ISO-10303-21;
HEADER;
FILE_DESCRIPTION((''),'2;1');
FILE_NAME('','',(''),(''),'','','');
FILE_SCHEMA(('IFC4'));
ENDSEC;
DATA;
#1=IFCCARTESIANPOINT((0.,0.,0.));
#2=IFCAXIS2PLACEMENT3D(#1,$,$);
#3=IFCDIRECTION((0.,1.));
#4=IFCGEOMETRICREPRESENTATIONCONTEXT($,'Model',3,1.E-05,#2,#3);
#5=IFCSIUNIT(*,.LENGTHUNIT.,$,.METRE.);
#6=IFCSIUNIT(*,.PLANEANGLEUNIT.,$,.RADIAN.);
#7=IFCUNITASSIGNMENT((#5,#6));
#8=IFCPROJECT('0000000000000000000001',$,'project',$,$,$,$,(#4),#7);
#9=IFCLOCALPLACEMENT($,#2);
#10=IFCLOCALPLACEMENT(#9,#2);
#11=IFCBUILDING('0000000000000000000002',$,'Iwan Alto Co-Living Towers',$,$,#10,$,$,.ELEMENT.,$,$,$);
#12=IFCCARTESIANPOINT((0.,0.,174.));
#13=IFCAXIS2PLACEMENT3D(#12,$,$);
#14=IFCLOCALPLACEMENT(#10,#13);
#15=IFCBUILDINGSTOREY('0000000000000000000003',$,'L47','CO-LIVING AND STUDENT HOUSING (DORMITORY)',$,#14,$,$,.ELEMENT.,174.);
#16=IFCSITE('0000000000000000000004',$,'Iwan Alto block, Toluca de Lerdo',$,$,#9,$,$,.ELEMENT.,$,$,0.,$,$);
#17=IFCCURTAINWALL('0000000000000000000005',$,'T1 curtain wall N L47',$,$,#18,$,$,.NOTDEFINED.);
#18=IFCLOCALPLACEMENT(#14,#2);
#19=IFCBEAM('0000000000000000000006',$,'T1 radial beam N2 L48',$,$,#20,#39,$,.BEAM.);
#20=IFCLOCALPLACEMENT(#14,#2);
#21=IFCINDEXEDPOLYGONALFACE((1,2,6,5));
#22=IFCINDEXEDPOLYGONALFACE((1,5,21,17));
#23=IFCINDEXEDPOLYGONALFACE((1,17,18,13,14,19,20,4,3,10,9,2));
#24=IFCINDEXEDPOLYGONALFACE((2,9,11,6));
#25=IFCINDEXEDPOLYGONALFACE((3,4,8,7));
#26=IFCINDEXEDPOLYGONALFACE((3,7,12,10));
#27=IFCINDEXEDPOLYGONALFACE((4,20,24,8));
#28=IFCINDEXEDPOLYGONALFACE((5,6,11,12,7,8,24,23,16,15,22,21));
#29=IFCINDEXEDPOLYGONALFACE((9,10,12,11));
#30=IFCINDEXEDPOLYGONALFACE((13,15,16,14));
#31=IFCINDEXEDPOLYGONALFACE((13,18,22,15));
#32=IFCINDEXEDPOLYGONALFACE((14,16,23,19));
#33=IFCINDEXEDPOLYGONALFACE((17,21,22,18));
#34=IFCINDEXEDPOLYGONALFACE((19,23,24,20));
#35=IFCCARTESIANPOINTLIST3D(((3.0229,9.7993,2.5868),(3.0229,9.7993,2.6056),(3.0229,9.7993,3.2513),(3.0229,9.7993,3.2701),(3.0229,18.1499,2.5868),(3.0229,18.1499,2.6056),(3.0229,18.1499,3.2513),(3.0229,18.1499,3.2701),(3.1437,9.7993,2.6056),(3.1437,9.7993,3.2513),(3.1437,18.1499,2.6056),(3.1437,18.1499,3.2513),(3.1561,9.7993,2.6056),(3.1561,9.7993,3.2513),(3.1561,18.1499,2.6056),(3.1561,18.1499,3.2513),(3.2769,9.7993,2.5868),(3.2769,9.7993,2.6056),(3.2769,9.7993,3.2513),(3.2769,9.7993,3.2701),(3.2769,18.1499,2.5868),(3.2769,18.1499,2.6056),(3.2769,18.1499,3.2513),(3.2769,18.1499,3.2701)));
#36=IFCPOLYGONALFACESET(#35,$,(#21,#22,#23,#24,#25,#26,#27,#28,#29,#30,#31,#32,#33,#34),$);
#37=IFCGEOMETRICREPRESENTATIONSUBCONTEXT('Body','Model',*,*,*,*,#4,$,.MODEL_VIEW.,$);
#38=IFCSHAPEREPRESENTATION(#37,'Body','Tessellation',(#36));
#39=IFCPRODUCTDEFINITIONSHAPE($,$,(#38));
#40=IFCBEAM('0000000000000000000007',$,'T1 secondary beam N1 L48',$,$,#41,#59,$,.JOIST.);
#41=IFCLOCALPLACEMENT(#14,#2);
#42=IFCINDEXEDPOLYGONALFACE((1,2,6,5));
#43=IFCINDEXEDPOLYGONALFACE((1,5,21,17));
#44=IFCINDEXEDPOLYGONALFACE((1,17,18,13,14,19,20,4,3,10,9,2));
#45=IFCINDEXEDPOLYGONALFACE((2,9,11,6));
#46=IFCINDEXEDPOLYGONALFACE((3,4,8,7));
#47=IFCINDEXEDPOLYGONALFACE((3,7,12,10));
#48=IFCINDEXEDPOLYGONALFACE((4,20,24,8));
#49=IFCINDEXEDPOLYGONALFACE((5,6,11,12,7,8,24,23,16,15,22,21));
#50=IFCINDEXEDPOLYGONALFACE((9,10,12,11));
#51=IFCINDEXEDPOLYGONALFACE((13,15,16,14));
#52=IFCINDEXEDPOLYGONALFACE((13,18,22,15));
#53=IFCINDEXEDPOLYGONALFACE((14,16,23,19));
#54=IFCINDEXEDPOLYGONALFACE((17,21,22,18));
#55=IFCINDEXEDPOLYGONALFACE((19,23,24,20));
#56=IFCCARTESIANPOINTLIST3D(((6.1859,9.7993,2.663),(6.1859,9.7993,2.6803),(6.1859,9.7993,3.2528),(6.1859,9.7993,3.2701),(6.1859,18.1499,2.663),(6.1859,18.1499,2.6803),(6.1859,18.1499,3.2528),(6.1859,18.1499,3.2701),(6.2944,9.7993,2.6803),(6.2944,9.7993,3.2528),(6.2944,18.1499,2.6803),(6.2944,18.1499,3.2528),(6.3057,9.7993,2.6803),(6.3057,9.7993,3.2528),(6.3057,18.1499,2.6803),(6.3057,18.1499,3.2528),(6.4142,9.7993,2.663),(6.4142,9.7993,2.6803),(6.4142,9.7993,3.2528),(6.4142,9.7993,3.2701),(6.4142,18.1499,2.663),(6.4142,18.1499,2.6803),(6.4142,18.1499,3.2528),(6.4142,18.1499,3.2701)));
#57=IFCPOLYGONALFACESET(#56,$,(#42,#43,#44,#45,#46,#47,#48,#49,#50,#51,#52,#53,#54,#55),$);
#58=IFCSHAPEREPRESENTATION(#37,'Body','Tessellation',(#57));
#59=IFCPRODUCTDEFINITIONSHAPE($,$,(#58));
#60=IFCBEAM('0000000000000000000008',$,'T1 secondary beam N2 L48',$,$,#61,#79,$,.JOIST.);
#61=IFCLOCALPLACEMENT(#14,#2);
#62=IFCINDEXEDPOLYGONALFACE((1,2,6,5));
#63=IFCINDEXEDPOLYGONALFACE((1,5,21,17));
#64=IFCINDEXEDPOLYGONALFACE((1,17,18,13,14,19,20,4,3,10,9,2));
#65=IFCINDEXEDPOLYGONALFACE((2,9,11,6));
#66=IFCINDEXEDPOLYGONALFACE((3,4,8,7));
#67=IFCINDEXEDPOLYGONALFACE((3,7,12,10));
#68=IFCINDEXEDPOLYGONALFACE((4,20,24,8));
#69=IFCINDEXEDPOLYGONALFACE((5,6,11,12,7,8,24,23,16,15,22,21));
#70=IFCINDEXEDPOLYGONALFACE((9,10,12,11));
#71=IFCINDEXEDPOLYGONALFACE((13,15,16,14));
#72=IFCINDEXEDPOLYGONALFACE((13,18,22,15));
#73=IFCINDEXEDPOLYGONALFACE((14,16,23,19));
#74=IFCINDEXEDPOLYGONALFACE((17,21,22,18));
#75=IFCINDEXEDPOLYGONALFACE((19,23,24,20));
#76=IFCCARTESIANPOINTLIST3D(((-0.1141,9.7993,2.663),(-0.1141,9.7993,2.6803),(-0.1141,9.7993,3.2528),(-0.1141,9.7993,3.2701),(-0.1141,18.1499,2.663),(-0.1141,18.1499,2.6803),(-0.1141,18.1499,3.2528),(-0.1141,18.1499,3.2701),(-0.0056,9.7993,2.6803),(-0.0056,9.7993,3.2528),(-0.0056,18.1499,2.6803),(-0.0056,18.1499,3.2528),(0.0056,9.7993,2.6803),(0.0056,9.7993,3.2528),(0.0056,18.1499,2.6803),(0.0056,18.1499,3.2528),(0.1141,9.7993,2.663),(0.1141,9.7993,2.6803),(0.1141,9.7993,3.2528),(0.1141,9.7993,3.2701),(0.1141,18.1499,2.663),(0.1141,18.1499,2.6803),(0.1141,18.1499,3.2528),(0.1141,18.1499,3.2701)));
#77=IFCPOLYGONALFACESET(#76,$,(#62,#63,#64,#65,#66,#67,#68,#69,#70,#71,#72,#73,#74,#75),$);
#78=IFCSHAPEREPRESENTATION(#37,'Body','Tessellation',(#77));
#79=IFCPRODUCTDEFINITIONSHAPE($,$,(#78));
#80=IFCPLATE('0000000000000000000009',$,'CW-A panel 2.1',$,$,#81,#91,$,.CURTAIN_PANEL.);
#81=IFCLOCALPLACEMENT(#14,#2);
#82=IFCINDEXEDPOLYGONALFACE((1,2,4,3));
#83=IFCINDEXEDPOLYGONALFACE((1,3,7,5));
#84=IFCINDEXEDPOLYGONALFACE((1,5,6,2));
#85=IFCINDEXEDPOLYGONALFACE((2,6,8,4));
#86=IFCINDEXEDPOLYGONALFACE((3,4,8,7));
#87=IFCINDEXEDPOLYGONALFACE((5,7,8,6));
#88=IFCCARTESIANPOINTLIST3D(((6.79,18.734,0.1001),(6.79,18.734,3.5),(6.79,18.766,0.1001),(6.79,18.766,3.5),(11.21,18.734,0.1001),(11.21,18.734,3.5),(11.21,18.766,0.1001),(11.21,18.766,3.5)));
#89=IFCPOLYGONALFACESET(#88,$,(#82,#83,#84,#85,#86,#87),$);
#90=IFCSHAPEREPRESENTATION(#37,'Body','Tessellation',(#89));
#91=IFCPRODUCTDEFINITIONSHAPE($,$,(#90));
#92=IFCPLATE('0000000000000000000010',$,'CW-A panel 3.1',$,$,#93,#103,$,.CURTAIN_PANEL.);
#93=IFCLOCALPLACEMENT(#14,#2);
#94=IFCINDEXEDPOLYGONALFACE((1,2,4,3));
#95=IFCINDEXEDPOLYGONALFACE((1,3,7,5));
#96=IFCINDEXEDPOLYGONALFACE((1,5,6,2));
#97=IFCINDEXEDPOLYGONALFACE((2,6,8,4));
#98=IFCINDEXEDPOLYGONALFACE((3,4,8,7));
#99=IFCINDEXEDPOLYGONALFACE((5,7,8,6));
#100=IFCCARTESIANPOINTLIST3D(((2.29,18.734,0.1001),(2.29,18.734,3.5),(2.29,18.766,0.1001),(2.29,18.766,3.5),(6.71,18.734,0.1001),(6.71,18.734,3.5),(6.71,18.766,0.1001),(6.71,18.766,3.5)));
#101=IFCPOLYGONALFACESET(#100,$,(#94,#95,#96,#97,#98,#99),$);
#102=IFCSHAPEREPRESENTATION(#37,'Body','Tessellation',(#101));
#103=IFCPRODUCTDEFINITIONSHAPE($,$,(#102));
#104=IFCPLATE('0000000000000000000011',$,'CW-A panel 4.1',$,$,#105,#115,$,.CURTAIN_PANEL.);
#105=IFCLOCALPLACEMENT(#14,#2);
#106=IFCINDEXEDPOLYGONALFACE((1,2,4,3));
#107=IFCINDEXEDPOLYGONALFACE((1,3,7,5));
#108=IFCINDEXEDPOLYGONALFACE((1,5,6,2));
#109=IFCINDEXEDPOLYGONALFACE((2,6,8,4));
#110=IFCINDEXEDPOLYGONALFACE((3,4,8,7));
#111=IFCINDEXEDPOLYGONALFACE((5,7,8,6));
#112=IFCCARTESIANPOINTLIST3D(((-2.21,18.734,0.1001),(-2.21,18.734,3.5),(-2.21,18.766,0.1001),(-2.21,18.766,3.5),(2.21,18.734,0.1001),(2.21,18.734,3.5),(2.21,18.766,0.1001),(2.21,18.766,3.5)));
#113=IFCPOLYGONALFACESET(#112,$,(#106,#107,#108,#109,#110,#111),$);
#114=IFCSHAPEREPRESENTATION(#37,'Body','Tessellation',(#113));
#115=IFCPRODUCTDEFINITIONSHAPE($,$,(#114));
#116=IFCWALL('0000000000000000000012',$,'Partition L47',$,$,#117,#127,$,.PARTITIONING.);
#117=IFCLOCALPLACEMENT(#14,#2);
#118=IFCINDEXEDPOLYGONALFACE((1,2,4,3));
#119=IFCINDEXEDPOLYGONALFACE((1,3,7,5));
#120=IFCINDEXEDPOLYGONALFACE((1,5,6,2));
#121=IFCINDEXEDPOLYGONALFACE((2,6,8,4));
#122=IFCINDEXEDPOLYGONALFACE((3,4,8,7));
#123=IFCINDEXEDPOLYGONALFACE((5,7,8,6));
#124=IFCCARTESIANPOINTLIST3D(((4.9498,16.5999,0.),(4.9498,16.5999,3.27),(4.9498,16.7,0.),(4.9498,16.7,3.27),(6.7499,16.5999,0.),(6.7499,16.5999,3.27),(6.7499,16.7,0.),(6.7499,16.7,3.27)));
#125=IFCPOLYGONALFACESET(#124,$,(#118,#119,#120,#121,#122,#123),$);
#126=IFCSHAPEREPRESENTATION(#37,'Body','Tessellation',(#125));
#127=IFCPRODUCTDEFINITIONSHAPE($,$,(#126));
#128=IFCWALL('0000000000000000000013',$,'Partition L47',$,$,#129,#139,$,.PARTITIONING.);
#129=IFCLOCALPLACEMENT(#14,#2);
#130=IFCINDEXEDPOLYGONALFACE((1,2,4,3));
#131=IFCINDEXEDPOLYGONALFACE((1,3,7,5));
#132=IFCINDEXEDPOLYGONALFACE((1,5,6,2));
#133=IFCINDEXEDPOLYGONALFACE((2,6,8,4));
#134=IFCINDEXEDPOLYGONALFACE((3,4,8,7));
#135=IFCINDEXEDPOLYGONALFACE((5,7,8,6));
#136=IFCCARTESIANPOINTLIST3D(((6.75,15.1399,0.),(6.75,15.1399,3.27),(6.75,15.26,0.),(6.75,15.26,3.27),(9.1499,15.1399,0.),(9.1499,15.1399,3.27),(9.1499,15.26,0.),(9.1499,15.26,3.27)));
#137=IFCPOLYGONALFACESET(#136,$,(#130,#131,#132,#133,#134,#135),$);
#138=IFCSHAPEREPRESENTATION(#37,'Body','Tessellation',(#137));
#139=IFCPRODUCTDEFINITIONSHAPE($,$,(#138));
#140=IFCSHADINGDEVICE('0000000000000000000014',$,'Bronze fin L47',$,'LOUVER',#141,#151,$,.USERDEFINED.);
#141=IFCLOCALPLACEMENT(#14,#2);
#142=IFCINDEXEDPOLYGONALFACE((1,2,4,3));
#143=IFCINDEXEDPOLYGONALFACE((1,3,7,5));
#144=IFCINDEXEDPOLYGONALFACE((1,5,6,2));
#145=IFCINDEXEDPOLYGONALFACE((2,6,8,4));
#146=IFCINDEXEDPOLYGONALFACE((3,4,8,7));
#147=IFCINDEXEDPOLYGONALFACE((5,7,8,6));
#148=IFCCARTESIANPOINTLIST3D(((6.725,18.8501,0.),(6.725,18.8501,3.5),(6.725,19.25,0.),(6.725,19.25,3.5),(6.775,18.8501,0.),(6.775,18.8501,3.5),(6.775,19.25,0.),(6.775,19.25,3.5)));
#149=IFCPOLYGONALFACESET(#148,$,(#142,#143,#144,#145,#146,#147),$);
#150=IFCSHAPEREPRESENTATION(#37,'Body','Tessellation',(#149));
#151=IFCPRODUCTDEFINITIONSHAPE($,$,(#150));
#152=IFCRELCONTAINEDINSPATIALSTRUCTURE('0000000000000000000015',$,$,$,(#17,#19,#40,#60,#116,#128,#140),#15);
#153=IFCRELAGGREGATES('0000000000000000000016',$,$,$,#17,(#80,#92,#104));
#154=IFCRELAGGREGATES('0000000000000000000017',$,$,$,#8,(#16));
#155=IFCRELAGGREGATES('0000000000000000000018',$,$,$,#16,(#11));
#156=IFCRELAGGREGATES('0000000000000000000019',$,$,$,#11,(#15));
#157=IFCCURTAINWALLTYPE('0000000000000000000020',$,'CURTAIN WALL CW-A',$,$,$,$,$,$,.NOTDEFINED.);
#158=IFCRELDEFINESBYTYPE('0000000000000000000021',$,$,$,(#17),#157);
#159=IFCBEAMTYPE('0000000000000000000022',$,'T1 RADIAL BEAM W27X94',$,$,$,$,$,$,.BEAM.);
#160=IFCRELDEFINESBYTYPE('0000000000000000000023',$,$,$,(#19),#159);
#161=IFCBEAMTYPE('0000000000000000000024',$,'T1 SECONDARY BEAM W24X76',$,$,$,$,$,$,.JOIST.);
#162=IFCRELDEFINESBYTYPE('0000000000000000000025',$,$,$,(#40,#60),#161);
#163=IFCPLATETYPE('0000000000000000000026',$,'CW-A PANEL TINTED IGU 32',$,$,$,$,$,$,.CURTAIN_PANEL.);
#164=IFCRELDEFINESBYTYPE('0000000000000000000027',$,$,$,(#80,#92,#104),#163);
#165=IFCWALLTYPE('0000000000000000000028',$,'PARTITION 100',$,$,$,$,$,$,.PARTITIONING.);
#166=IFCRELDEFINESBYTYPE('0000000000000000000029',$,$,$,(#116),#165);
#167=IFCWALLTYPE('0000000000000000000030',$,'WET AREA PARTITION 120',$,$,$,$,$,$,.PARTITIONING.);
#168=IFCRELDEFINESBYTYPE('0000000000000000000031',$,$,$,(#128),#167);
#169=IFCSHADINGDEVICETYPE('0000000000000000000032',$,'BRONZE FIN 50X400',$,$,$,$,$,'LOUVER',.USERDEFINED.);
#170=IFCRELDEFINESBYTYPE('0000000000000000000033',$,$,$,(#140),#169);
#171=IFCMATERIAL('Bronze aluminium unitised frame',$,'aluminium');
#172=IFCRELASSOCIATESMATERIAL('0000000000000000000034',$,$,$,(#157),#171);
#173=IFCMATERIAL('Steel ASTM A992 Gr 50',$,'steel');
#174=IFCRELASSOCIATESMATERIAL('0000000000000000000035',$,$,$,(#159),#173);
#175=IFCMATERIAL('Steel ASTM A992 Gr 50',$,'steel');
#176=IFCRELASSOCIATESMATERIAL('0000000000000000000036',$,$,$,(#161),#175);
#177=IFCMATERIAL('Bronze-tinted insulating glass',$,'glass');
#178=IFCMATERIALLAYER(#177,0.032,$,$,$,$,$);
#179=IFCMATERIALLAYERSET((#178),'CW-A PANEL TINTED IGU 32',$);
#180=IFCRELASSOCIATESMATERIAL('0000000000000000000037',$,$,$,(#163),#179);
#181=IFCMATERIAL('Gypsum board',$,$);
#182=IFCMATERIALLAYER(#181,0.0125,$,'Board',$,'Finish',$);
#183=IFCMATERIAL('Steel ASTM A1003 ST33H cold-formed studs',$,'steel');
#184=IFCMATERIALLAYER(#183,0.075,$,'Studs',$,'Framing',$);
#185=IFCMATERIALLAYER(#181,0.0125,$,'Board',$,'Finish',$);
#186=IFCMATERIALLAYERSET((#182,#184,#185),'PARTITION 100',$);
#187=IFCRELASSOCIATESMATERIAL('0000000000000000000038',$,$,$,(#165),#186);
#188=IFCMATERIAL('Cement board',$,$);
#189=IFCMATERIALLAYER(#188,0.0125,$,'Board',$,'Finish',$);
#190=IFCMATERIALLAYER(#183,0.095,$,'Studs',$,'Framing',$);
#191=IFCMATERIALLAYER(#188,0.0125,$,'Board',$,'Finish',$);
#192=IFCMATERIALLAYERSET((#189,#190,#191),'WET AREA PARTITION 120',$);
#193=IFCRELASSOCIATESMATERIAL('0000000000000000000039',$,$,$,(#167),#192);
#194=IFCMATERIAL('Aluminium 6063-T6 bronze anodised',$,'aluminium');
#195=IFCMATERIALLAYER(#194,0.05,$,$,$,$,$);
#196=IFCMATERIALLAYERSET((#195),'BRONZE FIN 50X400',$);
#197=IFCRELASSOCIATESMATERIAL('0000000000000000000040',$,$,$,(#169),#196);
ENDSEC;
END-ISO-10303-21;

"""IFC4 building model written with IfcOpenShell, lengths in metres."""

from ifc_helpers import new_model, si_unit, direction, frame, frame_2d, origin, origin_2d, place, context, subcontext, project, spatial, rectangle, i_section, extrude, material, layer, layer_set, material_profile, profile_set, type_object, element, aggregate, save


model = new_model("IFC4")

# Units and contexts
model_context = context("Model", 3, precision=1e-05, world=origin(), true_north=direction((0.0, 1.0)))
body_context = subcontext(model_context, "Body", "Model", "MODEL_VIEW")
ifc_project = project(units=[si_unit("LENGTHUNIT", "METRE"), si_unit("PLANEANGLEUNIT", "RADIAN")], contexts=[model_context])

# Site, building, storey
site_placement = place(None, origin())
site = spatial("IfcSite", under=ifc_project, at=site_placement, Name="Iwan Alto block, Toluca de Lerdo", CompositionType="ELEMENT", RefElevation=0.0)
building_placement = place(site_placement, origin())
building = spatial("IfcBuilding", under=site, at=building_placement, Name="Iwan Alto Co-Living Towers", CompositionType="ELEMENT")
storey_placement = place(building_placement, frame((0.0, 0.0, 174.0)))
storey = spatial("IfcBuildingStorey", under=building, at=storey_placement, Name="L47", Description="CO-LIVING AND STUDENT HOUSING (DORMITORY)", CompositionType="ELEMENT", Elevation=174.0)

# Curtain wall
ifc_material_1 = material(Name="Bronze aluminium unitised frame", Category="aluminium")
curtain_wall_type = type_object("IfcCurtainWallType", Name="CURTAIN WALL CW-A", PredefinedType="NOTDEFINED", material=ifc_material_1)
curtain_wall_placement = place(storey_placement, origin())
curtain_wall = element("IfcCurtainWall", 1, at=curtain_wall_placement, inside=storey, type_object=curtain_wall_type, Name="T1 curtain wall N L47", PredefinedType="NOTDEFINED")

# Beams
ifc_material_2 = material(Name="Steel ASTM A992 Gr 50", Category="steel")
ifc_material_profile_1 = material_profile(ifc_material_2, i_section(OverallWidth=0.2539, OverallDepth=0.6833, WebThickness=0.0125, FlangeThickness=0.0188, at=origin_2d()), Name="W27X94")
ifc_profile_set_1 = profile_set([ifc_material_profile_1], Name="Steel ASTM A992 Gr 50")
beam_type_1 = type_object("IfcBeamType", Name="T1 RADIAL BEAM W27X94", PredefinedType="BEAM", material=ifc_profile_set_1)
for number, where, z_axis, x_axis, name in (
    (2, (3.1499, 18.1499, 2.9285), (0.0, -1.0, 0.0), (1.0, 0.0, 0.0), "T1 radial beam N2 L48"),
):
    element("IfcBeam", number, at=place(storey_placement, frame(where, z_axis=z_axis, x_axis=x_axis)), inside=storey, type_object=beam_type_1, Name=name, PredefinedType="BEAM", context=body_context, shape_type="SweptSolid", body=[
        extrude(i_section(OverallWidth=0.2539, OverallDepth=0.6833, WebThickness=0.0125, FlangeThickness=0.0188, at=origin_2d()), origin(), (0.0, 0.0, 1.0), 8.3506),
    ])
ifc_material_3 = material(Name="Steel ASTM A992 Gr 50", Category="steel")
ifc_material_profile_2 = material_profile(ifc_material_3, i_section(OverallWidth=0.2283, OverallDepth=0.6072, WebThickness=0.0112, FlangeThickness=0.0173, at=origin_2d()), Name="W24X76")
ifc_profile_set_2 = profile_set([ifc_material_profile_2], Name="Steel ASTM A992 Gr 50")
beam_type_2 = type_object("IfcBeamType", Name="T1 SECONDARY BEAM W24X76", PredefinedType="JOIST", material=ifc_profile_set_2)
for number, where, z_axis, x_axis, name in (
    (3, (6.3, 18.1499, 2.9666), (0.0, -1.0, 0.0), (1.0, 0.0, 0.0), "T1 secondary beam N1 L48"),
    (4, (0.0, 18.1499, 2.9666), (0.0, -1.0, 0.0), (1.0, 0.0, 0.0), "T1 secondary beam N2 L48"),
):
    element("IfcBeam", number, at=place(storey_placement, frame(where, z_axis=z_axis, x_axis=x_axis)), inside=storey, type_object=beam_type_2, Name=name, PredefinedType="JOIST", context=body_context, shape_type="SweptSolid", body=[
        extrude(i_section(OverallWidth=0.2283, OverallDepth=0.6072, WebThickness=0.0112, FlangeThickness=0.0173, at=origin_2d()), origin(), (0.0, 0.0, 1.0), 8.3506),
    ])

# Plates
ifc_material_4 = material(Name="Bronze-tinted insulating glass", Category="glass")
ifc_layer_1 = layer(ifc_material_4, 0.032)
ifc_layer_set_1 = layer_set([ifc_layer_1], Name="CW-A PANEL TINTED IGU 32")
plate_type = type_object("IfcPlateType", Name="CW-A PANEL TINTED IGU 32", PredefinedType="CURTAIN_PANEL", material=ifc_layer_set_1)
plate_1_placement = place(storey_placement, frame((9.0, 18.75, 0.1001), z_axis=(0.0, 0.0, 1.0), x_axis=(-1.0, 0.0, 0.0)))
plate_1 = element("IfcPlate", 5, at=plate_1_placement, type_object=plate_type, Name="CW-A panel 2.1", PredefinedType="CURTAIN_PANEL", context=body_context, shape_type="SweptSolid", body=[
    extrude(rectangle(XDim=4.4199, YDim=0.032, at=origin_2d()), origin(), (0.0, 0.0, 1.0), 3.3999),
])
plate_2_placement = place(storey_placement, frame((4.5, 18.75, 0.1001), z_axis=(0.0, 0.0, 1.0), x_axis=(-1.0, 0.0, 0.0)))
plate_2 = element("IfcPlate", 6, at=plate_2_placement, type_object=plate_type, Name="CW-A panel 3.1", PredefinedType="CURTAIN_PANEL", context=body_context, shape_type="SweptSolid", body=[
    extrude(rectangle(XDim=4.4199, YDim=0.032, at=origin_2d()), origin(), (0.0, 0.0, 1.0), 3.3999),
])
plate_3_placement = place(storey_placement, frame((0.0, 18.75, 0.1001), z_axis=(0.0, 0.0, 1.0), x_axis=(-1.0, 0.0, 0.0)))
plate_3 = element("IfcPlate", 7, at=plate_3_placement, type_object=plate_type, Name="CW-A panel 4.1", PredefinedType="CURTAIN_PANEL", context=body_context, shape_type="SweptSolid", body=[
    extrude(rectangle(XDim=4.4199, YDim=0.032, at=origin_2d()), origin(), (0.0, 0.0, 1.0), 3.3999),
])
aggregate(curtain_wall, [plate_1, plate_2, plate_3])

# Walls
ifc_material_5 = material(Name="Gypsum board")
ifc_layer_2 = layer(ifc_material_5, 0.0125, Name="Board", Category="Finish")
ifc_material_6 = material(Name="Steel ASTM A1003 ST33H cold-formed studs", Category="steel")
ifc_layer_3 = layer(ifc_material_6, 0.075, Name="Studs", Category="Framing")
ifc_layer_4 = layer(ifc_material_5, 0.0125, Name="Board", Category="Finish")
ifc_layer_set_2 = layer_set([ifc_layer_2, ifc_layer_3, ifc_layer_4], Name="PARTITION 100")
wall_type_1 = type_object("IfcWallType", Name="PARTITION 100", PredefinedType="PARTITIONING", material=ifc_layer_set_2)
wall_1_placement = place(storey_placement, frame((4.95, 16.6499, 0.0), z_axis=(0.0, 0.0, 1.0), x_axis=(1.0, 0.0, 0.0)))
element("IfcWall", 8, at=wall_1_placement, inside=storey, type_object=wall_type_1, Name="Partition L47", PredefinedType="PARTITIONING", context=body_context, shape_type="SweptSolid", body=[
    extrude(rectangle(XDim=1.8, YDim=0.1001, at=frame_2d((0.8999, 0.0))), origin(), (0.0, 0.0, 1.0), 3.27),
])
ifc_material_7 = material(Name="Cement board")
ifc_layer_5 = layer(ifc_material_7, 0.0125, Name="Board", Category="Finish")
ifc_layer_6 = layer(ifc_material_6, 0.095, Name="Studs", Category="Framing")
ifc_layer_7 = layer(ifc_material_7, 0.0125, Name="Board", Category="Finish")
ifc_layer_set_3 = layer_set([ifc_layer_5, ifc_layer_6, ifc_layer_7], Name="WET AREA PARTITION 120")
wall_type_2 = type_object("IfcWallType", Name="WET AREA PARTITION 120", PredefinedType="PARTITIONING", material=ifc_layer_set_3)
wall_2_placement = place(storey_placement, frame((6.75, 15.2, 0.0), z_axis=(0.0, 0.0, 1.0), x_axis=(1.0, 0.0, 0.0)))
element("IfcWall", 9, at=wall_2_placement, inside=storey, type_object=wall_type_2, Name="Partition L47", PredefinedType="PARTITIONING", context=body_context, shape_type="SweptSolid", body=[
    extrude(rectangle(XDim=2.3999, YDim=0.1201, at=frame_2d((1.2, 0.0))), origin(), (0.0, 0.0, 1.0), 3.27),
])

# Shading device
ifc_material_8 = material(Name="Aluminium 6063-T6 bronze anodised", Category="aluminium")
ifc_layer_8 = layer(ifc_material_8, 0.05)
ifc_layer_set_4 = layer_set([ifc_layer_8], Name="BRONZE FIN 50X400")
shading_device_type = type_object("IfcShadingDeviceType", Name="BRONZE FIN 50X400", ElementType="LOUVER", PredefinedType="USERDEFINED", material=ifc_layer_set_4)
shading_device_placement = place(storey_placement, frame((6.75, 19.05, 0.0), z_axis=(0.0, 0.0, 1.0), x_axis=(-1.0, 0.0, 0.0)))
element("IfcShadingDevice", 10, at=shading_device_placement, inside=storey, type_object=shading_device_type, Name="Bronze fin L47", ObjectType="LOUVER", PredefinedType="USERDEFINED", context=body_context, shape_type="SweptSolid", body=[
    extrude(rectangle(XDim=0.05, YDim=0.3999, at=origin_2d()), origin(), (0.0, 0.0, 1.0), 3.5),
])

save(model, "model.ifc")
